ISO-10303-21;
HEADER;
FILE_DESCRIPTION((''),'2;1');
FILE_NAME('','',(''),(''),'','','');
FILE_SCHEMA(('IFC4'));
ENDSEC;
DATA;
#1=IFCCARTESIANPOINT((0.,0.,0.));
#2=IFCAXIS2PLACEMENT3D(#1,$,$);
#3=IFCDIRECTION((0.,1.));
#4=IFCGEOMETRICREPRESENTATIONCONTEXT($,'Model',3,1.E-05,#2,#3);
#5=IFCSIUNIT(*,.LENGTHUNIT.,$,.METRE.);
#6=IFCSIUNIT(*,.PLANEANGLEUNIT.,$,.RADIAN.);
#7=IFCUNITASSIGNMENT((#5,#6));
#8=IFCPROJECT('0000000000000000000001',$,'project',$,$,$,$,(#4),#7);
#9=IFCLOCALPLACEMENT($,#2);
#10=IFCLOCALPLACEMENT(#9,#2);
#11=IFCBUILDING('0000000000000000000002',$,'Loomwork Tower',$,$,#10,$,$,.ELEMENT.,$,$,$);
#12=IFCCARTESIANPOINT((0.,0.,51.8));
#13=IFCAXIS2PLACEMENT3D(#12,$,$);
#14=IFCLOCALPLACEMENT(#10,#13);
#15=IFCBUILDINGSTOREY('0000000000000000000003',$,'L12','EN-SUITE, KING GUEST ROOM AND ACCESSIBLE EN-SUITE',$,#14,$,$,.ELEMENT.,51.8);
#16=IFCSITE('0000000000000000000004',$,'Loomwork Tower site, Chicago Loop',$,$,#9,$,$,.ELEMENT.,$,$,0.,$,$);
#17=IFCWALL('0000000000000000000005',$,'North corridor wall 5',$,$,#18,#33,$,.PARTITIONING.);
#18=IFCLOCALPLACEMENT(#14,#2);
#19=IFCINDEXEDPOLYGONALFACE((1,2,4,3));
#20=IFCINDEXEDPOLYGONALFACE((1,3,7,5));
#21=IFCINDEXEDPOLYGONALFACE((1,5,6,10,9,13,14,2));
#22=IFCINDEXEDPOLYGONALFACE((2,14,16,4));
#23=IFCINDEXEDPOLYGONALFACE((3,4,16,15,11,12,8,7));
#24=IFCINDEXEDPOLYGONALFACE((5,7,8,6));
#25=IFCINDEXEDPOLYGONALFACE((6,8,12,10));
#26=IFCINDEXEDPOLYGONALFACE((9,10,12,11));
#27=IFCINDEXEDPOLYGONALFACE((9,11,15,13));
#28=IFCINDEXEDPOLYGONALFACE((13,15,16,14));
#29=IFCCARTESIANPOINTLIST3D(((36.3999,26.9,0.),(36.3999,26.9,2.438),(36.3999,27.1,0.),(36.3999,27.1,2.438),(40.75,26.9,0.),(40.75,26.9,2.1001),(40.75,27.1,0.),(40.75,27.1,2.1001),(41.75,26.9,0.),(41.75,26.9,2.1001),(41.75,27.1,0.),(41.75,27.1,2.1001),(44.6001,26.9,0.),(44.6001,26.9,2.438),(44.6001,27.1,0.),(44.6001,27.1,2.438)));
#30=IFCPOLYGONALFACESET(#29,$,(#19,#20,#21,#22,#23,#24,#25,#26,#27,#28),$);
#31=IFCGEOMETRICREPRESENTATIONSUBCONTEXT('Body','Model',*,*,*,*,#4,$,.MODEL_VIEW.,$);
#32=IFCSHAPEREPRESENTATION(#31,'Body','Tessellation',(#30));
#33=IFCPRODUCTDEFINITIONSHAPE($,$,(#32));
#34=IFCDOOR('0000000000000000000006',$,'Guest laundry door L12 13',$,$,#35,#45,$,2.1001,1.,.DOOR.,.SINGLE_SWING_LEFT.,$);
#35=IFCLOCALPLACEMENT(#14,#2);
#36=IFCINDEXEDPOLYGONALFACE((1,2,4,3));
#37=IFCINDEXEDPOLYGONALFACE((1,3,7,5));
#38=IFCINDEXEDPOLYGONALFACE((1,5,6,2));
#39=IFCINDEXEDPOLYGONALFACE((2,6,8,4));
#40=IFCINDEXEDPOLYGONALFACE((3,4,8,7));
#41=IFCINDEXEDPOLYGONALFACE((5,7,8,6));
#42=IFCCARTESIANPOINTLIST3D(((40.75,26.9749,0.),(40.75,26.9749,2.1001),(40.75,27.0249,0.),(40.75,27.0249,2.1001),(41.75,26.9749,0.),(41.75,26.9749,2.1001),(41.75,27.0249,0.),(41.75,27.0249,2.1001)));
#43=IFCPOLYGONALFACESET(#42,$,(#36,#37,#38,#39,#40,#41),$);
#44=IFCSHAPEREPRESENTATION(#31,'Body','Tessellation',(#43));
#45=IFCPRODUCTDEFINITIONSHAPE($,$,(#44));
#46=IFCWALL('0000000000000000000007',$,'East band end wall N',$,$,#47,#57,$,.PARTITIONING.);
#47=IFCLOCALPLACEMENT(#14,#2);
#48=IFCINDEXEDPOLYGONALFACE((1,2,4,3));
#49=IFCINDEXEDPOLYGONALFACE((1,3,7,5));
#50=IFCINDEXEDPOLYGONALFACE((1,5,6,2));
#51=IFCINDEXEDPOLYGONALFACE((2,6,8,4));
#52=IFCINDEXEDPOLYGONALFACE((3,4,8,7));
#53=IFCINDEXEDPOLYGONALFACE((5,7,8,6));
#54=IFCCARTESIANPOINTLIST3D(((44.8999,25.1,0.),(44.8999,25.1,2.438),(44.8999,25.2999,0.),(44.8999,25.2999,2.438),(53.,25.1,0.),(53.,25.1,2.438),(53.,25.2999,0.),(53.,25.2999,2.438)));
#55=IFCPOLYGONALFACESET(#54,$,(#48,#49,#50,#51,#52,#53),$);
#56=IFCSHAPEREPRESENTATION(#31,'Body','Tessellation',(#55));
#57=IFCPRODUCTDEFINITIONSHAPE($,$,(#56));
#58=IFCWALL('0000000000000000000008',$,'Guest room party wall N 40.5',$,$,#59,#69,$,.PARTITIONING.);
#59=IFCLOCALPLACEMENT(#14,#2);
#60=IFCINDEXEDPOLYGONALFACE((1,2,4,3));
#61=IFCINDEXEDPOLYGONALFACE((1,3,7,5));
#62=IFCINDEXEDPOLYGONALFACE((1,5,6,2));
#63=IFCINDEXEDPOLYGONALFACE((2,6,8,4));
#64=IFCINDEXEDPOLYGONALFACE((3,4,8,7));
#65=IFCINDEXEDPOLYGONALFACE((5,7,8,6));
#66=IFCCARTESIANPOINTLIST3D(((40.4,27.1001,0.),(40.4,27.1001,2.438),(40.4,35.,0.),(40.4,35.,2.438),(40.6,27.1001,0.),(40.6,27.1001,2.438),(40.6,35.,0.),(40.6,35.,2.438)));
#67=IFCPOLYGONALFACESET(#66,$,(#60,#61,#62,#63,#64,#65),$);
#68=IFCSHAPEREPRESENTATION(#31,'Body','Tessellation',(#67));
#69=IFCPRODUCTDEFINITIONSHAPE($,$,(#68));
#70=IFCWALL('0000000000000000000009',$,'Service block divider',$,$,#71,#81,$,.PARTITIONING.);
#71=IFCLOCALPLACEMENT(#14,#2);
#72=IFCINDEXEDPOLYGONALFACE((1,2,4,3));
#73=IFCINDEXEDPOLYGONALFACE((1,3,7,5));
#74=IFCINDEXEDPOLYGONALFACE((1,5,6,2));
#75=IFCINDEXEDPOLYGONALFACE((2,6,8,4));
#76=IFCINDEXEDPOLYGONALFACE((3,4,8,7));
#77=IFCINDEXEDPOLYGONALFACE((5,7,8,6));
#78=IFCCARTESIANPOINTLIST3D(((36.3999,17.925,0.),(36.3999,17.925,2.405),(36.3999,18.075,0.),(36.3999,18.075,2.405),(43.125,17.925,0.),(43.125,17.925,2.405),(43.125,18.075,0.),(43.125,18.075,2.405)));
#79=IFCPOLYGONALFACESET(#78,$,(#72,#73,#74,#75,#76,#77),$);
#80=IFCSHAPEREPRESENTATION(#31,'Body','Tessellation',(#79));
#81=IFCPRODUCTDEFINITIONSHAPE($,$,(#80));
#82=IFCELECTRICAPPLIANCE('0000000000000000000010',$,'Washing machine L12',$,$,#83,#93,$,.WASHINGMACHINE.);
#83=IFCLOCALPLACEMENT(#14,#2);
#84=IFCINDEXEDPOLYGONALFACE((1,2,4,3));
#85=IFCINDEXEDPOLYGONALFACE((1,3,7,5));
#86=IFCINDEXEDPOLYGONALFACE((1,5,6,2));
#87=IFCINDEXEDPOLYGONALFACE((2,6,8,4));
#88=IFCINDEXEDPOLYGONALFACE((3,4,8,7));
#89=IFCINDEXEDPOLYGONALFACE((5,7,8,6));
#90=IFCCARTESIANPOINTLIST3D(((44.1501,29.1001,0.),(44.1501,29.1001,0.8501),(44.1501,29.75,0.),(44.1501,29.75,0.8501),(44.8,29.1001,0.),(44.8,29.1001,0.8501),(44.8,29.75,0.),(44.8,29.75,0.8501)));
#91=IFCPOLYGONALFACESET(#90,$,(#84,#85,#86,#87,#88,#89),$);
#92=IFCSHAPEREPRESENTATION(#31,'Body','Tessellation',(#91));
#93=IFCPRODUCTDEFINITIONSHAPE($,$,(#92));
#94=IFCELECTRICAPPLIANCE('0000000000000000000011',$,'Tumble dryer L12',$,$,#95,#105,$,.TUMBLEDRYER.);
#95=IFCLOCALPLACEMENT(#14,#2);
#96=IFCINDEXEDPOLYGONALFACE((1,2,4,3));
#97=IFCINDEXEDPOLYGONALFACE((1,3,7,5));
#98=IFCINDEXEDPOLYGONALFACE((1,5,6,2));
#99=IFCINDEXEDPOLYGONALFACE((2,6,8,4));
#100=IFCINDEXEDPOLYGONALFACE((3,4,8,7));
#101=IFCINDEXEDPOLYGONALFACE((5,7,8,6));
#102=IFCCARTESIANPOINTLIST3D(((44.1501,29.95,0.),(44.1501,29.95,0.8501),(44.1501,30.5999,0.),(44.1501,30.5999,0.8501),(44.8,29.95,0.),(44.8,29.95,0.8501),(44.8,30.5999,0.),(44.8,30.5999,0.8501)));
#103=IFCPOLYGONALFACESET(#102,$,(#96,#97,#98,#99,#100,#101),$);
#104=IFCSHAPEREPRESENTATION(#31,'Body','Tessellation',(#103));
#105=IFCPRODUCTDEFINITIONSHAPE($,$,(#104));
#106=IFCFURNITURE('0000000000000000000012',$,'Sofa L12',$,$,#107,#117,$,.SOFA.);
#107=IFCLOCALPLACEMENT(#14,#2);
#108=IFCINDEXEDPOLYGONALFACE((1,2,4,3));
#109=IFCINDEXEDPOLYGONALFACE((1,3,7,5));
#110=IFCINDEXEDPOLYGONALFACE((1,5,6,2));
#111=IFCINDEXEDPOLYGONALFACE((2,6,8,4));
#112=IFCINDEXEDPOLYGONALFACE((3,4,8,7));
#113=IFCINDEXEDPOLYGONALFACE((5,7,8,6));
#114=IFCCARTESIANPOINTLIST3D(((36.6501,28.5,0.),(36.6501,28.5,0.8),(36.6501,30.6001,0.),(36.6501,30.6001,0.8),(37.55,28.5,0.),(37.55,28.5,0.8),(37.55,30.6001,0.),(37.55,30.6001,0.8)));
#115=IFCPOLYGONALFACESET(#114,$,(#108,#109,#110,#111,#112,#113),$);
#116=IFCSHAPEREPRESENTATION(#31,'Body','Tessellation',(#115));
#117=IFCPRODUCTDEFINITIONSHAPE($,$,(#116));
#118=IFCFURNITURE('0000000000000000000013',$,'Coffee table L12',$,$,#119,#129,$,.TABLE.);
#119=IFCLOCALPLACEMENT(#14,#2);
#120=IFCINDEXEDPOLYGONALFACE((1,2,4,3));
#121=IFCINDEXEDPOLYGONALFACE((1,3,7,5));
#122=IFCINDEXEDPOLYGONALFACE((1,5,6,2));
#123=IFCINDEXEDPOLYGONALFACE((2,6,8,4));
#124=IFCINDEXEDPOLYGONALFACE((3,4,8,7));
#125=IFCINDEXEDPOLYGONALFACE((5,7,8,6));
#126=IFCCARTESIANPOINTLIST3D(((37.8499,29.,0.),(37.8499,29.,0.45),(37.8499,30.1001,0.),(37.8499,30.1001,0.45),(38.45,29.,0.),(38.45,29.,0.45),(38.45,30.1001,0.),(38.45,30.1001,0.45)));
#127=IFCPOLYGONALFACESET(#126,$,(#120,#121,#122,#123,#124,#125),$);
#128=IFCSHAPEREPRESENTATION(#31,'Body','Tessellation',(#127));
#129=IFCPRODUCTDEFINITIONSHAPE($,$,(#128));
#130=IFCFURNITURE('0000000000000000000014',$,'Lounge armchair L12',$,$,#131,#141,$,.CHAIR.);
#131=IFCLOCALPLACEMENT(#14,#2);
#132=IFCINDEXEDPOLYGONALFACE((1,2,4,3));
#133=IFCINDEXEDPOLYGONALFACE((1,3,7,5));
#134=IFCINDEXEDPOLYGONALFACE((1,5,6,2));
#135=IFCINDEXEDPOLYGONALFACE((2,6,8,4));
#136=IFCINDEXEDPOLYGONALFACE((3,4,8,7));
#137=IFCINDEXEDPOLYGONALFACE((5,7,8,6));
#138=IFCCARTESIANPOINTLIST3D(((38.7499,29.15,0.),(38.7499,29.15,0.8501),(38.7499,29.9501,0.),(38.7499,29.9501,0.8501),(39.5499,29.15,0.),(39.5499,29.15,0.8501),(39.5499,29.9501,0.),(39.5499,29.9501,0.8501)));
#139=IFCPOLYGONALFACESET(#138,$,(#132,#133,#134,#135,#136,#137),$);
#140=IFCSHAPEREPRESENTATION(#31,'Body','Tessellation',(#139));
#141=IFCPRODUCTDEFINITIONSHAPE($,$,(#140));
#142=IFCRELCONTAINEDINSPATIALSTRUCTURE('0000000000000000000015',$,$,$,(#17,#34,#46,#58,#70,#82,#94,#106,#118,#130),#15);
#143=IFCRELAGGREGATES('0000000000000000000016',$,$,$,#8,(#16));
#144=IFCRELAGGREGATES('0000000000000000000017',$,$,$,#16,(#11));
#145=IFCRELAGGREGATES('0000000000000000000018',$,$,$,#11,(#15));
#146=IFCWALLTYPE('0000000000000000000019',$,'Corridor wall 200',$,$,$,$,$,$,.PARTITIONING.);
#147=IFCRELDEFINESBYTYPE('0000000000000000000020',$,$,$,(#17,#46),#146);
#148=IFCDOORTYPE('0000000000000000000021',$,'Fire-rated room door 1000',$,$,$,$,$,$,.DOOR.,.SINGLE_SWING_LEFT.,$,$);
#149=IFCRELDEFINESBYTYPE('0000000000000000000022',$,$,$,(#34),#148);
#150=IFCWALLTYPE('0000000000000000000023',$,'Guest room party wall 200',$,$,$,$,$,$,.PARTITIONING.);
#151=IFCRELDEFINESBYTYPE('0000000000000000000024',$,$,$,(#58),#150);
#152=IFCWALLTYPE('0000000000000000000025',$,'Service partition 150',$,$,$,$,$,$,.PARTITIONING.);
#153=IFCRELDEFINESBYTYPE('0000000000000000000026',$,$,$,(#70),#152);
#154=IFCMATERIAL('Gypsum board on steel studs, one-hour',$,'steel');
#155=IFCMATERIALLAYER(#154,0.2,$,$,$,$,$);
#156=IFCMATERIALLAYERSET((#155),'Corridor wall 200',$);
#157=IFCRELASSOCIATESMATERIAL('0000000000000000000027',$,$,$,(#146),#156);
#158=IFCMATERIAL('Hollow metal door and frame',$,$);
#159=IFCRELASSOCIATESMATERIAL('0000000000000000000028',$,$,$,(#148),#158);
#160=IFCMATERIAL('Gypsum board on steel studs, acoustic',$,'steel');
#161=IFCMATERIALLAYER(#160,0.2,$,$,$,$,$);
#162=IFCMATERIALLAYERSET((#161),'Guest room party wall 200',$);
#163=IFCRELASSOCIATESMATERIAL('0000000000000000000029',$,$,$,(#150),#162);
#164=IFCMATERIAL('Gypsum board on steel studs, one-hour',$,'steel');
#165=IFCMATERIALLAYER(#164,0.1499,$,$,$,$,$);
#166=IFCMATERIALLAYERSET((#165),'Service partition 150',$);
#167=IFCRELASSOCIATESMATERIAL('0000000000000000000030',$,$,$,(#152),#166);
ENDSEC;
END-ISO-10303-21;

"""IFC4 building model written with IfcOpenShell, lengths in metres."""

from ifc_helpers import new_model, si_unit, direction, frame, frame_2d, origin, origin_2d, place, context, subcontext, project, spatial, rectangle, extrude, material, layer, layer_set, type_object, element, fill, save


model = new_model("IFC4")

# Units and contexts
model_context = context("Model", 3, precision=1e-05, world=origin(), true_north=direction((0.0, 1.0)))
body_context = subcontext(model_context, "Body", "Model", "MODEL_VIEW")
ifc_project = project(units=[si_unit("LENGTHUNIT", "METRE"), si_unit("PLANEANGLEUNIT", "RADIAN")], contexts=[model_context])

# Site, building, storey
site_placement = place(None, origin())
site = spatial("IfcSite", under=ifc_project, at=site_placement, Name="Loomwork Tower site, Chicago Loop", CompositionType="ELEMENT", RefElevation=0.0)
building_placement = place(site_placement, origin())
building = spatial("IfcBuilding", under=site, at=building_placement, Name="Loomwork Tower", CompositionType="ELEMENT")
storey_placement = place(building_placement, frame((0.0, 0.0, 51.8)))
storey = spatial("IfcBuildingStorey", under=building, at=storey_placement, Name="L12", Description="EN-SUITE, KING GUEST ROOM AND ACCESSIBLE EN-SUITE", CompositionType="ELEMENT", Elevation=51.8)

# Wall, opening, door
ifc_material_1 = material(Name="Gypsum board on steel studs, one-hour", Category="steel")
ifc_layer_1 = layer(ifc_material_1, 0.2)
ifc_layer_set_1 = layer_set([ifc_layer_1], Name="Corridor wall 200")
wall_type_1 = type_object("IfcWallType", Name="Corridor wall 200", PredefinedType="PARTITIONING", material=ifc_layer_set_1)
wall_1_placement = place(storey_placement, frame((36.3999, 27.0, 0.0), z_axis=(0.0, 0.0, 1.0), x_axis=(1.0, 0.0, 0.0)))
wall_1 = element("IfcWall", 1, at=wall_1_placement, inside=storey, type_object=wall_type_1, Name="North corridor wall 5", PredefinedType="PARTITIONING", context=body_context, shape_type="SweptSolid", body=[
    extrude(rectangle(XDim=8.2002, YDim=0.2, at=frame_2d((4.1001, 0.0))), origin(), (0.0, 0.0, 1.0), 2.438),
])
opening_placement = place(wall_1_placement, frame((4.3501, 0.0, 0.0)))
opening = element("IfcOpeningElement", 2, at=opening_placement, cuts=wall_1, PredefinedType="OPENING", context=body_context, shape_type="SweptSolid", body=[
    extrude(rectangle(XDim=1.0, YDim=2.1001, at=frame_2d((0.5, 1.05))), frame((0.0, 0.1099, 0.0), z_axis=(0.0, -1.0, 0.0), x_axis=(1.0, 0.0, 0.0)), (0.0, 0.0, 1.0), 0.22),
])
ifc_material_2 = material(Name="Hollow metal door and frame")
door_type = type_object("IfcDoorType", Name="Fire-rated room door 1000", OperationType="SINGLE_SWING_LEFT", PredefinedType="DOOR", material=ifc_material_2)
door_placement = place(opening_placement, origin())
door = element("IfcDoor", 3, at=door_placement, inside=storey, type_object=door_type, Name="Guest laundry door L12 13", OperationType="SINGLE_SWING_LEFT", OverallHeight=2.1001, OverallWidth=1.0, PredefinedType="DOOR", context=body_context, shape_type="SweptSolid", body=[
    extrude(rectangle(XDim=1.0, YDim=2.1001, at=frame_2d((0.5, 1.05))), frame((0.0, 0.0249, 0.0), z_axis=(0.0, -1.0, 0.0), x_axis=(1.0, 0.0, 0.0)), (0.0, 0.0, 1.0), 0.05),
])
fill(opening, door)

# Walls
wall_2_placement = place(storey_placement, frame((44.8999, 25.2, 0.0), z_axis=(0.0, 0.0, 1.0), x_axis=(1.0, 0.0, 0.0)))
element("IfcWall", 4, at=wall_2_placement, inside=storey, type_object=wall_type_1, Name="East band end wall N", PredefinedType="PARTITIONING", context=body_context, shape_type="SweptSolid", body=[
    extrude(rectangle(XDim=8.1001, YDim=0.2, at=frame_2d((4.05, 0.0))), origin(), (0.0, 0.0, 1.0), 2.438),
])
ifc_material_3 = material(Name="Gypsum board on steel studs, acoustic", Category="steel")
ifc_layer_2 = layer(ifc_material_3, 0.2)
ifc_layer_set_2 = layer_set([ifc_layer_2], Name="Guest room party wall 200")
wall_type_2 = type_object("IfcWallType", Name="Guest room party wall 200", PredefinedType="PARTITIONING", material=ifc_layer_set_2)
wall_3_placement = place(storey_placement, frame((40.5, 27.1001, 0.0), z_axis=(0.0, 0.0, 1.0), x_axis=(0.0, 1.0, 0.0)))
element("IfcWall", 5, at=wall_3_placement, inside=storey, type_object=wall_type_2, Name="Guest room party wall N 40.5", PredefinedType="PARTITIONING", context=body_context, shape_type="SweptSolid", body=[
    extrude(rectangle(XDim=7.8999, YDim=0.2, at=frame_2d((3.95, 0.0))), origin(), (0.0, 0.0, 1.0), 2.438),
])
ifc_material_4 = material(Name="Gypsum board on steel studs, one-hour", Category="steel")
ifc_layer_3 = layer(ifc_material_4, 0.1499)
ifc_layer_set_3 = layer_set([ifc_layer_3], Name="Service partition 150")
wall_type_3 = type_object("IfcWallType", Name="Service partition 150", PredefinedType="PARTITIONING", material=ifc_layer_set_3)
wall_4_placement = place(storey_placement, frame((36.3999, 18.0, 0.0), z_axis=(0.0, 0.0, 1.0), x_axis=(1.0, 0.0, 0.0)))
element("IfcWall", 6, at=wall_4_placement, inside=storey, type_object=wall_type_3, Name="Service block divider", PredefinedType="PARTITIONING", context=body_context, shape_type="SweptSolid", body=[
    extrude(rectangle(XDim=6.7251, YDim=0.1499, at=frame_2d((3.3625, 0.0))), origin(), (0.0, 0.0, 1.0), 2.405),
])

# Electric appliances
electric_appliance_1_placement = place(storey_placement, frame((44.4751, 29.425, 0.0), z_axis=(0.0, 0.0, 1.0), x_axis=(1.0, 0.0, 0.0)))
element("IfcElectricAppliance", 7, at=electric_appliance_1_placement, inside=storey, Name="Washing machine L12", PredefinedType="WASHINGMACHINE", context=body_context, shape_type="SweptSolid", body=[
    extrude(rectangle(XDim=0.6499, YDim=0.6499, at=origin_2d()), origin(), (0.0, 0.0, 1.0), 0.8501),
])
electric_appliance_2_placement = place(storey_placement, frame((44.4751, 30.2749, 0.0), z_axis=(0.0, 0.0, 1.0), x_axis=(1.0, 0.0, 0.0)))
element("IfcElectricAppliance", 8, at=electric_appliance_2_placement, inside=storey, Name="Tumble dryer L12", PredefinedType="TUMBLEDRYER", context=body_context, shape_type="SweptSolid", body=[
    extrude(rectangle(XDim=0.6499, YDim=0.6499, at=origin_2d()), origin(), (0.0, 0.0, 1.0), 0.8501),
])

# Furniture
furniture_1_placement = place(storey_placement, frame((37.1001, 29.55, 0.0), z_axis=(0.0, 0.0, 1.0), x_axis=(1.0, 0.0, 0.0)))
element("IfcFurniture", 9, at=furniture_1_placement, inside=storey, Name="Sofa L12", PredefinedType="SOFA", context=body_context, shape_type="SweptSolid", body=[
    extrude(rectangle(XDim=0.8999, YDim=2.1001, at=origin_2d()), origin(), (0.0, 0.0, 1.0), 0.8),
])
furniture_2_placement = place(storey_placement, frame((38.1499, 29.55, 0.0), z_axis=(0.0, 0.0, 1.0), x_axis=(1.0, 0.0, 0.0)))
element("IfcFurniture", 10, at=furniture_2_placement, inside=storey, Name="Coffee table L12", PredefinedType="TABLE", context=body_context, shape_type="SweptSolid", body=[
    extrude(rectangle(XDim=0.6001, YDim=1.1001, at=origin_2d()), origin(), (0.0, 0.0, 1.0), 0.45),
])
furniture_3_placement = place(storey_placement, frame((39.1499, 29.55, 0.0), z_axis=(0.0, 0.0, 1.0), x_axis=(1.0, 0.0, 0.0)))
element("IfcFurniture", 11, at=furniture_3_placement, inside=storey, Name="Lounge armchair L12", PredefinedType="CHAIR", context=body_context, shape_type="SweptSolid", body=[
    extrude(rectangle(XDim=0.8, YDim=0.8, at=origin_2d()), origin(), (0.0, 0.0, 1.0), 0.8501),
])

save(model, "model.ifc")
